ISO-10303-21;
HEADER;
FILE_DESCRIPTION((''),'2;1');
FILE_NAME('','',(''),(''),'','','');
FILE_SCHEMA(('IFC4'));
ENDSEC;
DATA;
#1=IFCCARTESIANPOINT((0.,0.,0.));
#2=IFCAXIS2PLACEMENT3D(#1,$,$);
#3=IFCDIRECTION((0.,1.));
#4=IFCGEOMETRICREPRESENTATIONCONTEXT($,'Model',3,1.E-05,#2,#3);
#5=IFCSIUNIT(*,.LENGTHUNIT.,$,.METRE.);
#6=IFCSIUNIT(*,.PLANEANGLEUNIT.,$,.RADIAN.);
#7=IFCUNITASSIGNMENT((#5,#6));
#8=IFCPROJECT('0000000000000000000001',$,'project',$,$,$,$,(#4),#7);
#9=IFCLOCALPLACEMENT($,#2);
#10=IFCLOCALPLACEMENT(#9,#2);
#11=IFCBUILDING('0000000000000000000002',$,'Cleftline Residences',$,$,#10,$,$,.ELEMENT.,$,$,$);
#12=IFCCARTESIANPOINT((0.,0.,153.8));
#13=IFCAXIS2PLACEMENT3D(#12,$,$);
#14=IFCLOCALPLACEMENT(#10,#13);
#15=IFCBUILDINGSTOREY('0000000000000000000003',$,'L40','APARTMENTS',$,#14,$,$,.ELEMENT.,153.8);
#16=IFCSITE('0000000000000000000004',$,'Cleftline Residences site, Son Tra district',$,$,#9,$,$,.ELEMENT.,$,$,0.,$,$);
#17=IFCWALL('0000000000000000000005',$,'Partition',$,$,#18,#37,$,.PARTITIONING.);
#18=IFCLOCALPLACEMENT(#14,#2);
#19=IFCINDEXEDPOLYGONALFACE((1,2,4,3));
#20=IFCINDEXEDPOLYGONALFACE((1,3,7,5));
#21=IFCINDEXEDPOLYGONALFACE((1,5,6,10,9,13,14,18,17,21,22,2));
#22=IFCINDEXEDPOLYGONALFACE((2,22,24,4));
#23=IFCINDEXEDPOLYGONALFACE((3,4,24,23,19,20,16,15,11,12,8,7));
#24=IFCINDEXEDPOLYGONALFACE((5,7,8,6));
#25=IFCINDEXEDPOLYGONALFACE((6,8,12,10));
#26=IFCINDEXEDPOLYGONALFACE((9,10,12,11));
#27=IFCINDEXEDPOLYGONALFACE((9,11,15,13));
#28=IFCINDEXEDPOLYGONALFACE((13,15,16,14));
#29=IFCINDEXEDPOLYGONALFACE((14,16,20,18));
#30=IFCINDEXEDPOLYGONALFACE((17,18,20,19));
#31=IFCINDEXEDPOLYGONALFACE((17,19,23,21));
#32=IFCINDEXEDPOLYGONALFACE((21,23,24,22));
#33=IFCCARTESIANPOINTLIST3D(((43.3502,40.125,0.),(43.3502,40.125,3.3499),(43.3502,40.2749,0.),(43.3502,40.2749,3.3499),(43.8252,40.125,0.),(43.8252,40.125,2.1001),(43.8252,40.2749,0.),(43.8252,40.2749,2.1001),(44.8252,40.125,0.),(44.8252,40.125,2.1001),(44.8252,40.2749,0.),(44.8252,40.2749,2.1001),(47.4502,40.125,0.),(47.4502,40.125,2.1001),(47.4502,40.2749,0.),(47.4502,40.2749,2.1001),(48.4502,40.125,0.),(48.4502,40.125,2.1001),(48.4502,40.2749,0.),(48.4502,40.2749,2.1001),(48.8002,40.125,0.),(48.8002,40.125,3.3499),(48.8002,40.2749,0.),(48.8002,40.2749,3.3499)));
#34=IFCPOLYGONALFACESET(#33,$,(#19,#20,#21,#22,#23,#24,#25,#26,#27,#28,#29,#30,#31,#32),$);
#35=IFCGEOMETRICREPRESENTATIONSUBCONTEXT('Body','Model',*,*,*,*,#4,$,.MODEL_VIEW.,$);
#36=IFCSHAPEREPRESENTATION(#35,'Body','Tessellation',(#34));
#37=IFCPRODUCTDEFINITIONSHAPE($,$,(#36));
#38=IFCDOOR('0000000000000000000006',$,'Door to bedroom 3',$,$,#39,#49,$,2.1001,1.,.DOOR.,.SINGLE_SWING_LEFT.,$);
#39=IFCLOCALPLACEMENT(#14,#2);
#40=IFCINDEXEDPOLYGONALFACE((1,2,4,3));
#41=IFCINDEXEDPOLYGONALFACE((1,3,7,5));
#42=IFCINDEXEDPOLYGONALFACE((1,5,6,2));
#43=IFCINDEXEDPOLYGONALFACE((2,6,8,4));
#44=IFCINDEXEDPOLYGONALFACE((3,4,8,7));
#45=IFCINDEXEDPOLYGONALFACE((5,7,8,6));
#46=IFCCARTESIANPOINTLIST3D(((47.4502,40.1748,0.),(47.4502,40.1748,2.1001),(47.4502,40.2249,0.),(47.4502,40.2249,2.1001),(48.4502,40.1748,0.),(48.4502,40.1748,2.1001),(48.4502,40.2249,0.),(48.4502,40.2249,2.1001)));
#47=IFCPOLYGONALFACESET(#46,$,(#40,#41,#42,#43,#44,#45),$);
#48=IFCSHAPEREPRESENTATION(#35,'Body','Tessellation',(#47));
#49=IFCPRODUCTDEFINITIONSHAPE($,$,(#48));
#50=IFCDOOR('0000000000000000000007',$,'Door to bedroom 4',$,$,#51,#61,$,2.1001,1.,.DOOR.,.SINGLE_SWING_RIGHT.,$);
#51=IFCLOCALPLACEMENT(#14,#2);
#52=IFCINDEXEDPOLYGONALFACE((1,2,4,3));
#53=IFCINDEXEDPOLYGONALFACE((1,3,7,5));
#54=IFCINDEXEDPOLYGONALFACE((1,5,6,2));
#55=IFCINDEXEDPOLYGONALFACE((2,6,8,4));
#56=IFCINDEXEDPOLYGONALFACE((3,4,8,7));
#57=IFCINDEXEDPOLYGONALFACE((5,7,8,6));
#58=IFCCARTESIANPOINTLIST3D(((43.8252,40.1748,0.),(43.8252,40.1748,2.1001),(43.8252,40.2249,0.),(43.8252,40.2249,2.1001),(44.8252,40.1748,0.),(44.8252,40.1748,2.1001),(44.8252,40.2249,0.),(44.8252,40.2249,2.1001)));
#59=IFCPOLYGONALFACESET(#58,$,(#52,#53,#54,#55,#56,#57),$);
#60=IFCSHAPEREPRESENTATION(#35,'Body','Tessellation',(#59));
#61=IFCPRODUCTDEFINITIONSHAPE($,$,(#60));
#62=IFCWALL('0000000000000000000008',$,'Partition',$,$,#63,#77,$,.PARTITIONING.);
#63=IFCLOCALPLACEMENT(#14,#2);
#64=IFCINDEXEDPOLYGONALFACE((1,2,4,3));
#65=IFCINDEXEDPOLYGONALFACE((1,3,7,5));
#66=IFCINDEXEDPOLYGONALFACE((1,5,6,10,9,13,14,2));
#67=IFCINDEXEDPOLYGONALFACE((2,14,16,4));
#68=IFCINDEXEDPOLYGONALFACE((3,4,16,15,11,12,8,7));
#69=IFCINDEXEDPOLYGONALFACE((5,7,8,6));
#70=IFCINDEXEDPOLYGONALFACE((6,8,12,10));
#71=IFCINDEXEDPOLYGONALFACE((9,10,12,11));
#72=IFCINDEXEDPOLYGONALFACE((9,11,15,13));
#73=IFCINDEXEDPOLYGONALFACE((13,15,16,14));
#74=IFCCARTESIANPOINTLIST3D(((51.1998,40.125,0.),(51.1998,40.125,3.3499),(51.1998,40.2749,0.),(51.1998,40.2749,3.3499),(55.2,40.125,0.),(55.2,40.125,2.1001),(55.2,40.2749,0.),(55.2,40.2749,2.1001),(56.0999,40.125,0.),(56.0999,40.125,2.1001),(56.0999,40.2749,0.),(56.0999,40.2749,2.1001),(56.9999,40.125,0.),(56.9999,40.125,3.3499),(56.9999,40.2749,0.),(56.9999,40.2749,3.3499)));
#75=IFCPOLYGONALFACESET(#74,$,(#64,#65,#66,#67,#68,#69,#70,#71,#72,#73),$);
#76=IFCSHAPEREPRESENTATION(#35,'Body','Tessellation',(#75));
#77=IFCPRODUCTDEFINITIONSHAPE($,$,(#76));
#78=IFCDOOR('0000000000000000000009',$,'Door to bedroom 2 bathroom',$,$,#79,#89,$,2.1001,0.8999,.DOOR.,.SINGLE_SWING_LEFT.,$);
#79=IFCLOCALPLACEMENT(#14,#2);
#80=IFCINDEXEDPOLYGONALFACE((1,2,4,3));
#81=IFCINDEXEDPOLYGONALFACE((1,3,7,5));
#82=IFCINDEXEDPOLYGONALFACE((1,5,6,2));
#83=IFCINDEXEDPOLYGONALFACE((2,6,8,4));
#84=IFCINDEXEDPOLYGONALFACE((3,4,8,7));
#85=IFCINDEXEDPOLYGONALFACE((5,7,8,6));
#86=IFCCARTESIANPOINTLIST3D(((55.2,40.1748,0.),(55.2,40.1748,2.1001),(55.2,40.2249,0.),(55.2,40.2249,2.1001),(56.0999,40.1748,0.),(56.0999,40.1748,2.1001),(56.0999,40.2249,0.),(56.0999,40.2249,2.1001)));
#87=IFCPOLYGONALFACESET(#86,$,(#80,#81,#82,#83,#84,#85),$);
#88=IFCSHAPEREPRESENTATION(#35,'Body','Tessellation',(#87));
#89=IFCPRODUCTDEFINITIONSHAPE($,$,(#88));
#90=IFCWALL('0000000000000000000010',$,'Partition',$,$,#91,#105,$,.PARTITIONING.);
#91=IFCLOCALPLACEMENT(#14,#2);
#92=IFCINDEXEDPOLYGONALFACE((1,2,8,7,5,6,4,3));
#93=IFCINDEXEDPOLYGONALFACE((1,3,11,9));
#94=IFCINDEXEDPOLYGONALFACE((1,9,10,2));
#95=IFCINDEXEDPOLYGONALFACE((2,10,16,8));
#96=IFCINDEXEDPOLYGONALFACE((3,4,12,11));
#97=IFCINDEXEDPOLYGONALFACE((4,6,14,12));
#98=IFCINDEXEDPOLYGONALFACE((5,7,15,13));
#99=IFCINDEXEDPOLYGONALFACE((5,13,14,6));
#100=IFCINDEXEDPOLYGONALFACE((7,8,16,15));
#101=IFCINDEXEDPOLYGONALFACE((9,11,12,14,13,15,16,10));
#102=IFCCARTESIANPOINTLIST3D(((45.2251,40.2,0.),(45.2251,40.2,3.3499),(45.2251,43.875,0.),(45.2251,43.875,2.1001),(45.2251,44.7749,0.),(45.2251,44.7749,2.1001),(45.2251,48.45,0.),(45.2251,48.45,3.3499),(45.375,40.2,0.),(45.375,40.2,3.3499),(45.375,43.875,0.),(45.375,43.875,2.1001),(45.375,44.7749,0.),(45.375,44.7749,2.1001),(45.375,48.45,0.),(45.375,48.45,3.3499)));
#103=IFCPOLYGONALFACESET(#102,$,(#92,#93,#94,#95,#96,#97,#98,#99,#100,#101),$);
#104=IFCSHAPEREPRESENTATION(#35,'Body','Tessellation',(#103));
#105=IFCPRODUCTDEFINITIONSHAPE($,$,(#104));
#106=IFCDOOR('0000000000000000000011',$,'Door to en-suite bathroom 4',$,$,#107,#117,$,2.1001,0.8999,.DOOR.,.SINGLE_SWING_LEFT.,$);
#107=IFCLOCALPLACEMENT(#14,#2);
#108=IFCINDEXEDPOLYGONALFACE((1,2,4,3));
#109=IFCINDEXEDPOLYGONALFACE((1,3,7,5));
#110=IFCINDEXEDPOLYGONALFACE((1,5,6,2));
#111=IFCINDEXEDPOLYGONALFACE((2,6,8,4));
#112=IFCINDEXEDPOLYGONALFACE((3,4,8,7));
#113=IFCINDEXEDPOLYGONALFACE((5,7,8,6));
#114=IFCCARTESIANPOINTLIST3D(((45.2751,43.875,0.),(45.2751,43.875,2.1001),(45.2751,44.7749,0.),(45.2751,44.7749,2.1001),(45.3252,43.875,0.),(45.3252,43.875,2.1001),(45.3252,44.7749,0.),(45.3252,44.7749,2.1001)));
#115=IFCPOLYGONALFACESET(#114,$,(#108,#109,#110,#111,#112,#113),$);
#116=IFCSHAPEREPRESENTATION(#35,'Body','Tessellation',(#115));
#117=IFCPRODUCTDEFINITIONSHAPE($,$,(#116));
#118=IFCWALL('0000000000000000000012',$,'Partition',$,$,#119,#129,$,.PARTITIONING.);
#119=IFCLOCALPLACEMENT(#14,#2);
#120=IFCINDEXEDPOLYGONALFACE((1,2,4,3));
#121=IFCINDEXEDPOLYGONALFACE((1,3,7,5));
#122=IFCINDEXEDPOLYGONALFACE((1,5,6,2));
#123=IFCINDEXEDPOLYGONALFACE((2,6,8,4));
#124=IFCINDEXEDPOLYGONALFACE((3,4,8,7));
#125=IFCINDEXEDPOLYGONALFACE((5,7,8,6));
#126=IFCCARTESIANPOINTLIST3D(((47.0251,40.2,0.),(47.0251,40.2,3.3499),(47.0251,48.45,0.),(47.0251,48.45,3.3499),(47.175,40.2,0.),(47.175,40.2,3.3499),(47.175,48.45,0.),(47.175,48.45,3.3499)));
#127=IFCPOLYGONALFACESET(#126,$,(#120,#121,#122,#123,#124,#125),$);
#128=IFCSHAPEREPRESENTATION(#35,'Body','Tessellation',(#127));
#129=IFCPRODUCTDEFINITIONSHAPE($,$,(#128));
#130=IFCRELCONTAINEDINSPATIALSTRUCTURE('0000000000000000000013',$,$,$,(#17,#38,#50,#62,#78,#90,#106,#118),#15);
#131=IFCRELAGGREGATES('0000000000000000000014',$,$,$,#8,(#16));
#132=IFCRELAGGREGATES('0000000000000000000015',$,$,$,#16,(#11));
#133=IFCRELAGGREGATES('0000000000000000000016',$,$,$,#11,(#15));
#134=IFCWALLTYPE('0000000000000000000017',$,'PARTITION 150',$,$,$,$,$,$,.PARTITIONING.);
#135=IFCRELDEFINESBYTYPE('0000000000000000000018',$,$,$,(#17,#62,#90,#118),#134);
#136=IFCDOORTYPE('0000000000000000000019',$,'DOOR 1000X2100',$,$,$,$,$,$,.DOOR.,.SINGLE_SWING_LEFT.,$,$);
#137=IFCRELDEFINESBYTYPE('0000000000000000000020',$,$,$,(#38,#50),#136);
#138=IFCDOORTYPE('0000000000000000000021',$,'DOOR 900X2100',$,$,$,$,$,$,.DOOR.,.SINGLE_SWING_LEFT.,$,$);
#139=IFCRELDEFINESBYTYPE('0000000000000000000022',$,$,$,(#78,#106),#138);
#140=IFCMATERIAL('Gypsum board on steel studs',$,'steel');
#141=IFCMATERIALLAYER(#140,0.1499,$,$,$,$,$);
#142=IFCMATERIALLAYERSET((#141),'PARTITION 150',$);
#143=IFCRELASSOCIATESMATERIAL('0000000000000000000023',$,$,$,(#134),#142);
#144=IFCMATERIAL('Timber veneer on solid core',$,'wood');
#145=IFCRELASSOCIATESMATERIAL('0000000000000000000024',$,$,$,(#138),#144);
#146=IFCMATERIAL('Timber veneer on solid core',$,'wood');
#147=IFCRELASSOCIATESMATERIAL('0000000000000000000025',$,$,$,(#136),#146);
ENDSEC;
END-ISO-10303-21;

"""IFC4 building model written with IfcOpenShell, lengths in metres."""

from ifc_helpers import new_model, si_unit, direction, frame, frame_2d, origin, place, context, subcontext, project, spatial, rectangle, extrude, material, layer, layer_set, type_object, element, fill, save


model = new_model("IFC4")

# Units and contexts
model_context = context("Model", 3, precision=1e-05, world=origin(), true_north=direction((0.0, 1.0)))
body_context = subcontext(model_context, "Body", "Model", "MODEL_VIEW")
ifc_project = project(units=[si_unit("LENGTHUNIT", "METRE"), si_unit("PLANEANGLEUNIT", "RADIAN")], contexts=[model_context])

# Site, building, storey
site_placement = place(None, origin())
site = spatial("IfcSite", under=ifc_project, at=site_placement, Name="Cleftline Residences site, Son Tra district", CompositionType="ELEMENT", RefElevation=0.0)
building_placement = place(site_placement, origin())
building = spatial("IfcBuilding", under=site, at=building_placement, Name="Cleftline Residences", CompositionType="ELEMENT")
storey_placement = place(building_placement, frame((0.0, 0.0, 153.8)))
storey = spatial("IfcBuildingStorey", under=building, at=storey_placement, Name="L40", Description="APARTMENTS", CompositionType="ELEMENT", Elevation=153.8)

# Shared definitions
ifc_material_1 = material(Name="Gypsum board on steel studs", Category="steel")
ifc_layer_1 = layer(ifc_material_1, 0.1499)
ifc_layer_set_1 = layer_set([ifc_layer_1], Name="PARTITION 150")
wall_type = type_object("IfcWallType", Name="PARTITION 150", PredefinedType="PARTITIONING", material=ifc_layer_set_1)
ifc_material_2 = material(Name="Timber veneer on solid core", Category="wood")
door_type_1 = type_object("IfcDoorType", Name="DOOR 900X2100", OperationType="SINGLE_SWING_LEFT", PredefinedType="DOOR", material=ifc_material_2)

# Wall, openings, doors
wall_1_placement = place(storey_placement, frame((43.3501, 40.2, 0.0), z_axis=(0.0, 0.0, 1.0), x_axis=(1.0, 0.0, 0.0)))
wall_1 = element("IfcWall", 1, at=wall_1_placement, inside=storey, type_object=wall_type, Name="Partition", PredefinedType="PARTITIONING", context=body_context, shape_type="SweptSolid", body=[
    extrude(rectangle(XDim=5.45, YDim=0.1499, at=frame_2d((2.7251, 0.0))), origin(), (0.0, 0.0, 1.0), 3.3499),
])
opening_1_placement = place(wall_1_placement, frame((4.1001, 0.0, 0.0)))
opening_1 = element("IfcOpeningElement", 2, at=opening_1_placement, cuts=wall_1, PredefinedType="OPENING", context=body_context, shape_type="SweptSolid", body=[
    extrude(rectangle(XDim=1.0, YDim=2.1001, at=frame_2d((0.5, 1.05))), frame((0.0, 0.085, 0.0), z_axis=(0.0, -1.0, 0.0), x_axis=(1.0, 0.0, 0.0)), (0.0, 0.0, 1.0), 0.1699),
])
opening_2_placement = place(wall_1_placement, frame((0.4751, 0.0, 0.0)))
opening_2 = element("IfcOpeningElement", 3, at=opening_2_placement, cuts=wall_1, PredefinedType="OPENING", context=body_context, shape_type="SweptSolid", body=[
    extrude(rectangle(XDim=1.0, YDim=2.1001, at=frame_2d((0.5, 1.05))), frame((0.0, 0.085, 0.0), z_axis=(0.0, -1.0, 0.0), x_axis=(1.0, 0.0, 0.0)), (0.0, 0.0, 1.0), 0.1699),
])
ifc_material_3 = material(Name="Timber veneer on solid core", Category="wood")
door_type_2 = type_object("IfcDoorType", Name="DOOR 1000X2100", OperationType="SINGLE_SWING_LEFT", PredefinedType="DOOR", material=ifc_material_3)
door_1_placement = place(opening_1_placement, origin())
door_1 = element("IfcDoor", 4, at=door_1_placement, inside=storey, type_object=door_type_2, Name="Door to bedroom 3", OperationType="SINGLE_SWING_LEFT", OverallHeight=2.1001, OverallWidth=1.0, PredefinedType="DOOR", context=body_context, shape_type="SweptSolid", body=[
    extrude(rectangle(XDim=1.0, YDim=2.1001, at=frame_2d((0.5, 1.05))), frame((0.0, 0.0249, 0.0), z_axis=(0.0, -1.0, 0.0), x_axis=(1.0, 0.0, 0.0)), (0.0, 0.0, 1.0), 0.05),
])
fill(opening_1, door_1)
door_2_placement = place(opening_2_placement, origin())
door_2 = element("IfcDoor", 5, at=door_2_placement, inside=storey, type_object=door_type_2, Name="Door to bedroom 4", OperationType="SINGLE_SWING_RIGHT", OverallHeight=2.1001, OverallWidth=1.0, PredefinedType="DOOR", context=body_context, shape_type="SweptSolid", body=[
    extrude(rectangle(XDim=1.0, YDim=2.1001, at=frame_2d((0.5, 1.05))), frame((0.0, 0.0249, 0.0), z_axis=(0.0, -1.0, 0.0), x_axis=(1.0, 0.0, 0.0)), (0.0, 0.0, 1.0), 0.05),
])
fill(opening_2, door_2)

# Walls, openings, doors
wall_2_placement = place(storey_placement, frame((51.2, 40.2, 0.0), z_axis=(0.0, 0.0, 1.0), x_axis=(1.0, 0.0, 0.0)))
wall_2 = element("IfcWall", 6, at=wall_2_placement, inside=storey, type_object=wall_type, Name="Partition", PredefinedType="PARTITIONING", context=body_context, shape_type="SweptSolid", body=[
    extrude(rectangle(XDim=5.8, YDim=0.1499, at=frame_2d((2.8999, 0.0))), origin(), (0.0, 0.0, 1.0), 3.3499),
])
opening_3_placement = place(wall_2_placement, frame((4.0, 0.0, 0.0)))
opening_3 = element("IfcOpeningElement", 7, at=opening_3_placement, cuts=wall_2, PredefinedType="OPENING", context=body_context, shape_type="SweptSolid", body=[
    extrude(rectangle(XDim=0.8999, YDim=2.1001, at=frame_2d((0.45, 1.05))), frame((0.0, 0.085, 0.0), z_axis=(0.0, -1.0, 0.0), x_axis=(1.0, 0.0, 0.0)), (0.0, 0.0, 1.0), 0.1699),
])
door_3_placement = place(opening_3_placement, origin())
door_3 = element("IfcDoor", 8, at=door_3_placement, inside=storey, type_object=door_type_1, Name="Door to bedroom 2 bathroom", OperationType="SINGLE_SWING_LEFT", OverallHeight=2.1001, OverallWidth=0.8999, PredefinedType="DOOR", context=body_context, shape_type="SweptSolid", body=[
    extrude(rectangle(XDim=0.8999, YDim=2.1001, at=frame_2d((0.45, 1.05))), frame((0.0, 0.0249, 0.0), z_axis=(0.0, -1.0, 0.0), x_axis=(1.0, 0.0, 0.0)), (0.0, 0.0, 1.0), 0.05),
])
fill(opening_3, door_3)
wall_3_placement = place(storey_placement, frame((45.3, 40.2, 0.0), z_axis=(0.0, 0.0, 1.0), x_axis=(0.0, 1.0, 0.0)))
wall_3 = element("IfcWall", 9, at=wall_3_placement, inside=storey, type_object=wall_type, Name="Partition", PredefinedType="PARTITIONING", context=body_context, shape_type="SweptSolid", body=[
    extrude(rectangle(XDim=8.25, YDim=0.1499, at=frame_2d((4.125, 0.0))), origin(), (0.0, 0.0, 1.0), 3.3499),
])
opening_4_placement = place(wall_3_placement, frame((3.675, 0.0, 0.0)))
opening_4 = element("IfcOpeningElement", 10, at=opening_4_placement, cuts=wall_3, PredefinedType="OPENING", context=body_context, shape_type="SweptSolid", body=[
    extrude(rectangle(XDim=0.8999, YDim=2.1001, at=frame_2d((0.45, 1.05))), frame((0.0, 0.085, 0.0), z_axis=(0.0, -1.0, 0.0), x_axis=(1.0, 0.0, 0.0)), (0.0, 0.0, 1.0), 0.1699),
])
door_4_placement = place(opening_4_placement, origin())
door_4 = element("IfcDoor", 11, at=door_4_placement, inside=storey, type_object=door_type_1, Name="Door to en-suite bathroom 4", OperationType="SINGLE_SWING_LEFT", OverallHeight=2.1001, OverallWidth=0.8999, PredefinedType="DOOR", context=body_context, shape_type="SweptSolid", body=[
    extrude(rectangle(XDim=0.8999, YDim=2.1001, at=frame_2d((0.45, 1.05))), frame((0.0, 0.0249, 0.0), z_axis=(0.0, -1.0, 0.0), x_axis=(1.0, 0.0, 0.0)), (0.0, 0.0, 1.0), 0.05),
])
fill(opening_4, door_4)

# Wall
wall_4_placement = place(storey_placement, frame((47.1001, 40.2, 0.0), z_axis=(0.0, 0.0, 1.0), x_axis=(0.0, 1.0, 0.0)))
element("IfcWall", 12, at=wall_4_placement, inside=storey, type_object=wall_type, Name="Partition", PredefinedType="PARTITIONING", context=body_context, shape_type="SweptSolid", body=[
    extrude(rectangle(XDim=8.25, YDim=0.1499, at=frame_2d((4.125, 0.0))), origin(), (0.0, 0.0, 1.0), 3.3499),
])

save(model, "model.ifc")
